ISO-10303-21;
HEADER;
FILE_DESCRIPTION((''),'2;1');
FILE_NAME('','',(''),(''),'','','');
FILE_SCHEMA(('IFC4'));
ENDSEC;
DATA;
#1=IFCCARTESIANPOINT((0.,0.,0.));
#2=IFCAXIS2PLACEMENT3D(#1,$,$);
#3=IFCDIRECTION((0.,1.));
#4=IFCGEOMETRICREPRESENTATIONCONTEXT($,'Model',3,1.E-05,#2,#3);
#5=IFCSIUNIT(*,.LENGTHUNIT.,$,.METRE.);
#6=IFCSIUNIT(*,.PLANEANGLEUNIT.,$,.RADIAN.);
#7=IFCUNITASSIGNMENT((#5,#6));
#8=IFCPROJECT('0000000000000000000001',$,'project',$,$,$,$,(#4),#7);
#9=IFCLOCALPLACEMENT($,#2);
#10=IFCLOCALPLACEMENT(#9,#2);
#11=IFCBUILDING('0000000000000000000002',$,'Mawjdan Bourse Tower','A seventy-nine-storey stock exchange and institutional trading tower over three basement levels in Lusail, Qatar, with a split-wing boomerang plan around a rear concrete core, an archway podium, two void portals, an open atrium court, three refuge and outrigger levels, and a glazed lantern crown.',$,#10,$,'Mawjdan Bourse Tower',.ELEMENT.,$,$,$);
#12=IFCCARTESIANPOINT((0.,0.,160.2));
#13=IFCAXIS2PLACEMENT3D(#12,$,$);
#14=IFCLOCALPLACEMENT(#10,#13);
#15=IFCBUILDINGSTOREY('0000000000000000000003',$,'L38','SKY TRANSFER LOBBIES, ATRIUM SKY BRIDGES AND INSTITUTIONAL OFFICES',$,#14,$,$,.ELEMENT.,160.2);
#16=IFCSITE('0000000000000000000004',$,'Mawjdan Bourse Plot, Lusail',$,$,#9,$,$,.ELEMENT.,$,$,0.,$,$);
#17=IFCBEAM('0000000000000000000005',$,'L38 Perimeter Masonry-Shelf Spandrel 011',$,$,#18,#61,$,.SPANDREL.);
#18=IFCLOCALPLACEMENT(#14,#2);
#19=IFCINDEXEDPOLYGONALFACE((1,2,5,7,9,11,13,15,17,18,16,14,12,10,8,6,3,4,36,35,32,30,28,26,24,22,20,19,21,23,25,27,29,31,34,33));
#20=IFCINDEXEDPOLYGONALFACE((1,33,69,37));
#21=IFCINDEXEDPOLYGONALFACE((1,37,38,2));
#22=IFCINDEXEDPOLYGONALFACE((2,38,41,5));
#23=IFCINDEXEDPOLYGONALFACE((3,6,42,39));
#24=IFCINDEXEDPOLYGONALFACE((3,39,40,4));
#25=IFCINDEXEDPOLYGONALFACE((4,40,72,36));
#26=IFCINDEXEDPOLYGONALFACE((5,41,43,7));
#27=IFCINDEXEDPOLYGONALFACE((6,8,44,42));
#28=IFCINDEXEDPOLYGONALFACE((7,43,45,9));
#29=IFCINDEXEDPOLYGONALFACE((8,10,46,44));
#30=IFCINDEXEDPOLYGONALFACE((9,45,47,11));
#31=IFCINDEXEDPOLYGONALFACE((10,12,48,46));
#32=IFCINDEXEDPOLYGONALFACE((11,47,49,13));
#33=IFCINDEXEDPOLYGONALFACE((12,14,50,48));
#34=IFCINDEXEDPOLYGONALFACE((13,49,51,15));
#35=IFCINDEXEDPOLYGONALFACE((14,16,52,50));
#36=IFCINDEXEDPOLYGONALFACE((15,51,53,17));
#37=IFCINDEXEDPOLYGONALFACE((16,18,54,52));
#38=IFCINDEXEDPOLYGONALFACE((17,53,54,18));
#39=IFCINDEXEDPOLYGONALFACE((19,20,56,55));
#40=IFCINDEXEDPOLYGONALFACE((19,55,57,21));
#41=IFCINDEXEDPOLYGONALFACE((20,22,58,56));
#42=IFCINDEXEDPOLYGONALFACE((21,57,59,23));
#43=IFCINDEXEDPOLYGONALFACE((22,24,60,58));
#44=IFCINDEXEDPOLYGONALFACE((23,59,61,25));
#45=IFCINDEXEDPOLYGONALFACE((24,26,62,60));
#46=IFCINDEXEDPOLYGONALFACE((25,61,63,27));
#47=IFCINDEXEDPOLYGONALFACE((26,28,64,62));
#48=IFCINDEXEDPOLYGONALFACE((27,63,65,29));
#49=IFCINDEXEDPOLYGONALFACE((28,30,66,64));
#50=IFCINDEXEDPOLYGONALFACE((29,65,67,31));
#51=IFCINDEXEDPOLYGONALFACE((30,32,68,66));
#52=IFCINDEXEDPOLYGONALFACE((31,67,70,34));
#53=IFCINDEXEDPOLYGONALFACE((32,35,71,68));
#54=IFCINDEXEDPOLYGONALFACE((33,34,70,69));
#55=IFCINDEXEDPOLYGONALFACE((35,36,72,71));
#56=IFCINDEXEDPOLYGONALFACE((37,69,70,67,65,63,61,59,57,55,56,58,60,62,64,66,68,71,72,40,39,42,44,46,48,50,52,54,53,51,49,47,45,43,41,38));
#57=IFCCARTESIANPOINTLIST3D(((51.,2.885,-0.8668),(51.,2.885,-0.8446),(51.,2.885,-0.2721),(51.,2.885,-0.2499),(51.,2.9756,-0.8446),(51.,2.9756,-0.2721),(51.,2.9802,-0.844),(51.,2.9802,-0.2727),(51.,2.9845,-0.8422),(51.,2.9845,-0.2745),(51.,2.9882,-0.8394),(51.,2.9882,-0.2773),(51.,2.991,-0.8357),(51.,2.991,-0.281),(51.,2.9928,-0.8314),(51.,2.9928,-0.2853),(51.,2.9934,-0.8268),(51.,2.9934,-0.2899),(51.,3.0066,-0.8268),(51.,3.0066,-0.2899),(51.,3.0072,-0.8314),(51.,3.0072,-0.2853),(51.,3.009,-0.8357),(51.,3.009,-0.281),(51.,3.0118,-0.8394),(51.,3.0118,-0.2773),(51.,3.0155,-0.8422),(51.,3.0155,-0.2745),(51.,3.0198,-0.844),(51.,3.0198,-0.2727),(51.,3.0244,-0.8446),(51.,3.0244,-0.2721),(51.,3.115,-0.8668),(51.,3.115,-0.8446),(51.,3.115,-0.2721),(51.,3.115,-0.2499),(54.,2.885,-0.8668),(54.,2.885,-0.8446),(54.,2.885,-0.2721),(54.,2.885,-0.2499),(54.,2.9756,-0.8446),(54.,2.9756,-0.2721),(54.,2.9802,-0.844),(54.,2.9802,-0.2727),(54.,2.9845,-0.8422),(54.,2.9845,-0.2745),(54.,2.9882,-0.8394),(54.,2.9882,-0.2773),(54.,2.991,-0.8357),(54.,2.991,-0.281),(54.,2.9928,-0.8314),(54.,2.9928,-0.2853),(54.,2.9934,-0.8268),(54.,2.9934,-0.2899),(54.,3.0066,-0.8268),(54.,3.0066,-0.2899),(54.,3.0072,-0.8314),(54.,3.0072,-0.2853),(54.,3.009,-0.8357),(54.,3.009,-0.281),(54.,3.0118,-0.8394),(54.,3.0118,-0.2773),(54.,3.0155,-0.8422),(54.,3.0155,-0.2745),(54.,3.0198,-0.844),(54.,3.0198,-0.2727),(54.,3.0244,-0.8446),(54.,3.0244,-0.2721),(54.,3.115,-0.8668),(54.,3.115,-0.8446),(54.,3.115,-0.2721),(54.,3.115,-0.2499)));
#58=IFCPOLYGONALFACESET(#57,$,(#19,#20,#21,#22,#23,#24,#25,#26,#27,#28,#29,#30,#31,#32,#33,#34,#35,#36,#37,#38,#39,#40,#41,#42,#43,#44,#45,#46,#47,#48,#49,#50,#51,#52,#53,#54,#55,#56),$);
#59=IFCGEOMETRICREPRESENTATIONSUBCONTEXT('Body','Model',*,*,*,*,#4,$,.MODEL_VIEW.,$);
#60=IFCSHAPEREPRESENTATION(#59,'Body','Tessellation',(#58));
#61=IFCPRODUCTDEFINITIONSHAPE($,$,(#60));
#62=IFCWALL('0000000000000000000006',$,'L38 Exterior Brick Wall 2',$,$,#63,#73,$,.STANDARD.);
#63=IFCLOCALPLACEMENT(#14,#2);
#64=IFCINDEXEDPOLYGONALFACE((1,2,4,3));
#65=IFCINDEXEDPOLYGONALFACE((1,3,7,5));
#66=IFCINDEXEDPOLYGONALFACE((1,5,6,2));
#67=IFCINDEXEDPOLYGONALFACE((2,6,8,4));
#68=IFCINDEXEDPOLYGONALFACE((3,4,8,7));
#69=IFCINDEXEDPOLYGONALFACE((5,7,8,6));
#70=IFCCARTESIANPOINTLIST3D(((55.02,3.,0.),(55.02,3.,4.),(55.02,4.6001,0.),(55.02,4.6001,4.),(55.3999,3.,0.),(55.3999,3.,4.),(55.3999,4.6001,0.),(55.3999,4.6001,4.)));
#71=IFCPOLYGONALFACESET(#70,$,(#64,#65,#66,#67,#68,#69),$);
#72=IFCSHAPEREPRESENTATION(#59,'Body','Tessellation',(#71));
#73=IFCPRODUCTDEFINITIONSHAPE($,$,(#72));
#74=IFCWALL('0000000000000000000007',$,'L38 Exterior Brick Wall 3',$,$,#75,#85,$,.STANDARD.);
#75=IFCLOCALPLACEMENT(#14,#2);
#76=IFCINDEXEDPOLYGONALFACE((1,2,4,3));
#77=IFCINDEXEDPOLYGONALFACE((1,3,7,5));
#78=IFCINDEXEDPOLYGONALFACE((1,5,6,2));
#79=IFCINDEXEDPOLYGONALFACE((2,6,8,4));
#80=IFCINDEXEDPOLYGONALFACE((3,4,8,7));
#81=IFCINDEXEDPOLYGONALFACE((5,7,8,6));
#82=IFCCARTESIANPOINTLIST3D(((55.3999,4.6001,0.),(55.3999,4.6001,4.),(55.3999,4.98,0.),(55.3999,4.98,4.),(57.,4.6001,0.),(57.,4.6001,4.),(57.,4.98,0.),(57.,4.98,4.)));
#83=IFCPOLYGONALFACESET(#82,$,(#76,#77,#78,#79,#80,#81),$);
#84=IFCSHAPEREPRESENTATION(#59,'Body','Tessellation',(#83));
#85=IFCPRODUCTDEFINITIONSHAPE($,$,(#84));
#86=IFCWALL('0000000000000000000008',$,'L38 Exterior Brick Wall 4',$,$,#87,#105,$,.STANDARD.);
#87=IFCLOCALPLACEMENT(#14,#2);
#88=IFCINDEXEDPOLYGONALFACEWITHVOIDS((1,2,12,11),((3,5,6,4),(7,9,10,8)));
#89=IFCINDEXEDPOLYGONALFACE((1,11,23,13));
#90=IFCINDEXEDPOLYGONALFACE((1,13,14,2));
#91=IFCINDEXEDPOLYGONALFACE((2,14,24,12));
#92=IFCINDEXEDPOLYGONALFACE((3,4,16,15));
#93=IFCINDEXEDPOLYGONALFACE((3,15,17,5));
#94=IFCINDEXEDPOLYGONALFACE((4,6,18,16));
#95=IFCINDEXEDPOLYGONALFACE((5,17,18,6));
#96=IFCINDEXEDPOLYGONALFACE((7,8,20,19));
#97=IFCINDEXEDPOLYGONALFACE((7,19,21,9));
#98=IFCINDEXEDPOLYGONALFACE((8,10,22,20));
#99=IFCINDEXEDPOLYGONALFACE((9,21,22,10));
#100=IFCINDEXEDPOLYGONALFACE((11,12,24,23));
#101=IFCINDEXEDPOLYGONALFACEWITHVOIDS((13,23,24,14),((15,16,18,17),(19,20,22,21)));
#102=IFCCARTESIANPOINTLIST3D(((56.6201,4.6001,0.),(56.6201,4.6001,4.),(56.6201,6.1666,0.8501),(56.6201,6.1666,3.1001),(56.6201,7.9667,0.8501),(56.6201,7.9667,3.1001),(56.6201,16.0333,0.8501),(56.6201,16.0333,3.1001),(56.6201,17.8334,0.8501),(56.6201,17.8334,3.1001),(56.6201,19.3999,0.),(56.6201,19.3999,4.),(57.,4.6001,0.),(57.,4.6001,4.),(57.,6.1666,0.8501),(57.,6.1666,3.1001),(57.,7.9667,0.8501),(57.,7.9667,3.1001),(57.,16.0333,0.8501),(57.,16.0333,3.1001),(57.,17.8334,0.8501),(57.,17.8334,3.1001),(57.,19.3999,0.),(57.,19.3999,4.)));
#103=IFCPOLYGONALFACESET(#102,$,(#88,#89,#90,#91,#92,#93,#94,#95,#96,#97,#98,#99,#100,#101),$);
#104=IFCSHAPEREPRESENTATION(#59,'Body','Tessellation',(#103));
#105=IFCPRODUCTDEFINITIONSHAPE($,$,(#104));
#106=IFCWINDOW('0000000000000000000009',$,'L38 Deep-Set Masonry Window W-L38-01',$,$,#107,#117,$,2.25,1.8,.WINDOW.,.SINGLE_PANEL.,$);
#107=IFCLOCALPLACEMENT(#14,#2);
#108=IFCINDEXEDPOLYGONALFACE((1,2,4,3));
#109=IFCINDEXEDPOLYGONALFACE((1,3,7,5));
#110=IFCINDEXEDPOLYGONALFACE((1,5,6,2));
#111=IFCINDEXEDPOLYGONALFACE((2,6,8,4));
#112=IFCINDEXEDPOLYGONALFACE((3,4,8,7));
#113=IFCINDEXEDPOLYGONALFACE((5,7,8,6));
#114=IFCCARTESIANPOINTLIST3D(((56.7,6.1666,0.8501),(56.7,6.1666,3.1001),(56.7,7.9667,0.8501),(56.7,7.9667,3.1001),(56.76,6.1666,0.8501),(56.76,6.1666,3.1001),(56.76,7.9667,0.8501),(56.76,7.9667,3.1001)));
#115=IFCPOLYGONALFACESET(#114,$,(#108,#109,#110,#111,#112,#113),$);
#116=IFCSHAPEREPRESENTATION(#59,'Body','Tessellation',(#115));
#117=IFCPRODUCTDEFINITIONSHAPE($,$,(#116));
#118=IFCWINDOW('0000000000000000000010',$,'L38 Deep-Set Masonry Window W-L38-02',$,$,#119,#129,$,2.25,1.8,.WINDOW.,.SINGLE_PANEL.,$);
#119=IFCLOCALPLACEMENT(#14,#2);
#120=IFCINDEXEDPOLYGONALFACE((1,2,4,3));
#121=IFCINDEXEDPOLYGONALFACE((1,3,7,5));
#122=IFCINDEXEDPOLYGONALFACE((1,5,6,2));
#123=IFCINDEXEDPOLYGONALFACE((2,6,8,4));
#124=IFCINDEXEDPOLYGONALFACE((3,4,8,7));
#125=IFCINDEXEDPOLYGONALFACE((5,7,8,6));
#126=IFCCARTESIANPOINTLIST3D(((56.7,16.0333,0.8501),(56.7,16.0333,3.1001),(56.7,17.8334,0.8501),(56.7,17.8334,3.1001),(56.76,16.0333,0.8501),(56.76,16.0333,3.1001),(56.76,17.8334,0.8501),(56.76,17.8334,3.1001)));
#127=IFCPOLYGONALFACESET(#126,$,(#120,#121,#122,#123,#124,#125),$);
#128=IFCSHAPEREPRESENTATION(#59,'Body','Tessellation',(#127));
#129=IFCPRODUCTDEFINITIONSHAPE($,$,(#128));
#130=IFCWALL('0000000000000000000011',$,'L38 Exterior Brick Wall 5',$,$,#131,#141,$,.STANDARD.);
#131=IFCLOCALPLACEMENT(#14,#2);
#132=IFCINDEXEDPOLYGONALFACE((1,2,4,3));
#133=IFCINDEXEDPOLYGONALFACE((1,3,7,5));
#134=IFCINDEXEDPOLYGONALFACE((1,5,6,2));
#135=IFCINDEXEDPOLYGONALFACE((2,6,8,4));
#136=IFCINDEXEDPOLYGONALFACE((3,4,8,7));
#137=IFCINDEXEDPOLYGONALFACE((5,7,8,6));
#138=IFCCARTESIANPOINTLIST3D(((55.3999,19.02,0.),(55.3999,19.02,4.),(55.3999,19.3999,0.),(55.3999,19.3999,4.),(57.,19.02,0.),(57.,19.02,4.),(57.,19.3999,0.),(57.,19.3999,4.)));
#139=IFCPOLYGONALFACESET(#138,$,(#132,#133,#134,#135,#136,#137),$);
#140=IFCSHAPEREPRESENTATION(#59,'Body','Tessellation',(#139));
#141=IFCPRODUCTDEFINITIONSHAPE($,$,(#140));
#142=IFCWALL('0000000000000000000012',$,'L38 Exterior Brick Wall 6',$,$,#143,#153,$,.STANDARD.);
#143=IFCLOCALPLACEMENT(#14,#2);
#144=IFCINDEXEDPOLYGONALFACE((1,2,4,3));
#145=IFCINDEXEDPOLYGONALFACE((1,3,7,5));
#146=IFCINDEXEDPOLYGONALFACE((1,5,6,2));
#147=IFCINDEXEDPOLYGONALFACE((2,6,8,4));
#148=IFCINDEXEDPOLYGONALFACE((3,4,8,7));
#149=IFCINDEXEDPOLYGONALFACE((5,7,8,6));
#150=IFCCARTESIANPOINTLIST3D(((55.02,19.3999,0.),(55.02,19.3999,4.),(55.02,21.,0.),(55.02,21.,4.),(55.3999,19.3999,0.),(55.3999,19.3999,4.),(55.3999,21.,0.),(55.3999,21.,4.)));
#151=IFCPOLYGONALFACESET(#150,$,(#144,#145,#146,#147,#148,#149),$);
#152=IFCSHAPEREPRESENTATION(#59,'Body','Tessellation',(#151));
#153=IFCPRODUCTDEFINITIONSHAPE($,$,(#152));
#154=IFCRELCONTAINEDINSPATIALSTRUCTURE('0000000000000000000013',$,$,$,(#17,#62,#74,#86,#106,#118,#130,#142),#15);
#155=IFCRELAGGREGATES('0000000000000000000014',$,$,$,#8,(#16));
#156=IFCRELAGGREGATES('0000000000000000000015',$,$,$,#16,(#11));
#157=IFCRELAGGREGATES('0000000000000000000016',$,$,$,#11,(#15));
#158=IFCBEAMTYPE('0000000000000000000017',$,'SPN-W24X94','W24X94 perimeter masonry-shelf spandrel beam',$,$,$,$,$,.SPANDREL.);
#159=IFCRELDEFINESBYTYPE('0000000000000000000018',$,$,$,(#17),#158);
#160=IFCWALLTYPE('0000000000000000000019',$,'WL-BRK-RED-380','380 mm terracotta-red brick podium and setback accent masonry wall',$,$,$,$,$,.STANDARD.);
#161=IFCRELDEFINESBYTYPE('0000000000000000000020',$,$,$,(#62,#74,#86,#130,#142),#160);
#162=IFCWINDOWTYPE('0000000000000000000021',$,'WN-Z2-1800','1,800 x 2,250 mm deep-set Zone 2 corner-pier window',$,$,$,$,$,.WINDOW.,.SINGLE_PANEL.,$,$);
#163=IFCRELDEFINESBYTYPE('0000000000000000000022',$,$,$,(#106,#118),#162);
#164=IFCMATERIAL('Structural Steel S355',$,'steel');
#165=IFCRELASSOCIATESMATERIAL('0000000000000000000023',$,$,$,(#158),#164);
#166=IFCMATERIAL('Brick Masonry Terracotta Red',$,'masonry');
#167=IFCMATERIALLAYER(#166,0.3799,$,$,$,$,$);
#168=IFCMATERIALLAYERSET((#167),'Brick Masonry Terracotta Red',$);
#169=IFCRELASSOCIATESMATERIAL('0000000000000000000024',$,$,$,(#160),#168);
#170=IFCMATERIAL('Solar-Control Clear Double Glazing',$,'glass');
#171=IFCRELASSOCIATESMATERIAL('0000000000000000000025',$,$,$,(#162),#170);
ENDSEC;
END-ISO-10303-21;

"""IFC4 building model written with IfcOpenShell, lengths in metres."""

from ifc_helpers import new_model, si_unit, direction, frame, frame_2d, origin, origin_2d, place, context, subcontext, project, spatial, rectangle, i_section, extrude, material, layer, layer_set, material_profile, profile_set, type_object, element, fill, save


model = new_model("IFC4")

# Units and contexts
model_context = context("Model", 3, precision=1e-05, world=origin(), true_north=direction((0.0, 1.0)))
body_context = subcontext(model_context, "Body", "Model", "MODEL_VIEW")
ifc_project = project(units=[si_unit("LENGTHUNIT", "METRE"), si_unit("PLANEANGLEUNIT", "RADIAN")], contexts=[model_context])

# Site, building, storey
site_placement = place(None, origin())
site = spatial("IfcSite", under=ifc_project, at=site_placement, Name="Mawjdan Bourse Plot, Lusail", CompositionType="ELEMENT", RefElevation=0.0)
building_placement = place(site_placement, origin())
building = spatial("IfcBuilding", under=site, at=building_placement, Name="Mawjdan Bourse Tower", Description="A seventy-nine-storey stock exchange and institutional trading tower over three basement levels in Lusail, Qatar, with a split-wing boomerang plan around a rear concrete core, an archway podium, two void portals, an open atrium court, three refuge and outrigger levels, and a glazed lantern crown.", LongName="Mawjdan Bourse Tower", CompositionType="ELEMENT")
storey_placement = place(building_placement, frame((0.0, 0.0, 160.2)))
storey = spatial("IfcBuildingStorey", under=building, at=storey_placement, Name="L38", Description="SKY TRANSFER LOBBIES, ATRIUM SKY BRIDGES AND INSTITUTIONAL OFFICES", CompositionType="ELEMENT", Elevation=160.2)

# Beam
ifc_material_1 = material(Name="Structural Steel S355", Category="steel")
ifc_material_profile_1 = material_profile(ifc_material_1, i_section(OverallWidth=0.23, OverallDepth=0.6169, WebThickness=0.0132, FlangeThickness=0.0222, FilletRadius=0.0178, at=origin_2d()), Name="W24X94")
ifc_profile_set_1 = profile_set([ifc_material_profile_1], Name="Structural Steel S355")
beam_type_1 = type_object("IfcBeamType", Name="SPN-W24X94", Description="W24X94 perimeter masonry-shelf spandrel beam", PredefinedType="SPANDREL", material=ifc_profile_set_1)
beam_placement = place(storey_placement, frame((51.0, 3.0, -0.5583), z_axis=(1.0, 0.0, 0.0), x_axis=(0.0, 1.0, 0.0)))
element("IfcBeam", 1, at=beam_placement, inside=storey, type_object=beam_type_1, Name="L38 Perimeter Masonry-Shelf Spandrel 011", PredefinedType="SPANDREL", context=body_context, shape_type="SweptSolid", body=[
    extrude(i_section(OverallWidth=0.23, OverallDepth=0.6169, WebThickness=0.0132, FlangeThickness=0.0222, FilletRadius=0.0178, at=origin_2d()), origin(), (0.0, 0.0, 1.0), 3.0),
])

# Walls
ifc_material_2 = material(Name="Brick Masonry Terracotta Red", Category="masonry")
ifc_layer_1 = layer(ifc_material_2, 0.3799)
ifc_layer_set_1 = layer_set([ifc_layer_1], Name="Brick Masonry Terracotta Red")
wall_type_1 = type_object("IfcWallType", Name="WL-BRK-RED-380", Description="380 mm terracotta-red brick podium and setback accent masonry wall", PredefinedType="STANDARD", material=ifc_layer_set_1)
for number, where, z_axis, x_axis, name in (
    (2, (55.21, 3.0, 0.0), (0.0, 0.0, 1.0), (0.0, 1.0, 0.0), "L38 Exterior Brick Wall 2"),
    (3, (55.3999, 4.79, 0.0), (0.0, 0.0, 1.0), (1.0, 0.0, 0.0), "L38 Exterior Brick Wall 3"),
):
    element("IfcWall", number, at=place(storey_placement, frame(where, z_axis=z_axis, x_axis=x_axis)), inside=storey, type_object=wall_type_1, Name=name, PredefinedType="STANDARD", context=body_context, shape_type="SweptSolid", body=[
        extrude(rectangle(XDim=1.6001, YDim=0.3799, at=frame_2d((0.8, 0.0))), origin(), (0.0, 0.0, 1.0), 4.0),
    ])

# Wall, openings, windows
wall_1_placement = place(storey_placement, frame((56.8101, 4.6001, 0.0), z_axis=(0.0, 0.0, 1.0), x_axis=(0.0, 1.0, 0.0)))
wall_1 = element("IfcWall", 4, at=wall_1_placement, inside=storey, type_object=wall_type_1, Name="L38 Exterior Brick Wall 4", PredefinedType="STANDARD", context=body_context, shape_type="SweptSolid", body=[
    extrude(rectangle(XDim=14.7998, YDim=0.3799, at=frame_2d((7.3999, 0.0))), origin(), (0.0, 0.0, 1.0), 4.0),
])
opening_1_placement = place(wall_1_placement, frame((1.5667, 0.0, 0.8501)))
opening_1 = element("IfcOpeningElement", 5, at=opening_1_placement, cuts=wall_1, PredefinedType="OPENING", context=body_context, shape_type="SweptSolid", body=[
    extrude(rectangle(XDim=1.8, YDim=2.25, at=frame_2d((0.8999, 1.125))), frame((0.0, 0.2, 0.0), z_axis=(0.0, -1.0, 0.0), x_axis=(1.0, 0.0, 0.0)), (0.0, 0.0, 1.0), 0.3999),
])
opening_2_placement = place(wall_1_placement, frame((11.4333, 0.0, 0.8501)))
opening_2 = element("IfcOpeningElement", 6, at=opening_2_placement, cuts=wall_1, PredefinedType="OPENING", context=body_context, shape_type="SweptSolid", body=[
    extrude(rectangle(XDim=1.8, YDim=2.25, at=frame_2d((0.8999, 1.125))), frame((0.0, 0.2, 0.0), z_axis=(0.0, -1.0, 0.0), x_axis=(1.0, 0.0, 0.0)), (0.0, 0.0, 1.0), 0.3999),
])
ifc_material_3 = material(Name="Solar-Control Clear Double Glazing", Category="glass")
window_type_1 = type_object("IfcWindowType", Name="WN-Z2-1800", Description="1,800 x 2,250 mm deep-set Zone 2 corner-pier window", PartitioningType="SINGLE_PANEL", PredefinedType="WINDOW", material=ifc_material_3)
window_1_placement = place(opening_1_placement, origin())
window_1 = element("IfcWindow", 7, at=window_1_placement, inside=storey, type_object=window_type_1, Name="L38 Deep-Set Masonry Window W-L38-01", OverallHeight=2.25, OverallWidth=1.8, PartitioningType="SINGLE_PANEL", PredefinedType="WINDOW", context=body_context, shape_type="SweptSolid", body=[
    extrude(rectangle(XDim=1.8, YDim=2.25, at=frame_2d((0.8999, 1.125))), frame((0.0, 0.1101, 0.0), z_axis=(0.0, -1.0, 0.0), x_axis=(1.0, 0.0, 0.0)), (0.0, 0.0, 1.0), 0.0601),
])
fill(opening_1, window_1)
window_2_placement = place(opening_2_placement, origin())
window_2 = element("IfcWindow", 8, at=window_2_placement, inside=storey, type_object=window_type_1, Name="L38 Deep-Set Masonry Window W-L38-02", OverallHeight=2.25, OverallWidth=1.8, PartitioningType="SINGLE_PANEL", PredefinedType="WINDOW", context=body_context, shape_type="SweptSolid", body=[
    extrude(rectangle(XDim=1.8, YDim=2.25, at=frame_2d((0.8999, 1.125))), frame((0.0, 0.1101, 0.0), z_axis=(0.0, -1.0, 0.0), x_axis=(1.0, 0.0, 0.0)), (0.0, 0.0, 1.0), 0.0601),
])
fill(opening_2, window_2)

# Walls
for number, where, z_axis, x_axis, name in (
    (9, (57.0, 19.21, 0.0), (0.0, 0.0, 1.0), (-1.0, 0.0, 0.0), "L38 Exterior Brick Wall 5"),
    (10, (55.21, 19.3999, 0.0), (0.0, 0.0, 1.0), (0.0, 1.0, 0.0), "L38 Exterior Brick Wall 6"),
):
    element("IfcWall", number, at=place(storey_placement, frame(where, z_axis=z_axis, x_axis=x_axis)), inside=storey, type_object=wall_type_1, Name=name, PredefinedType="STANDARD", context=body_context, shape_type="SweptSolid", body=[
        extrude(rectangle(XDim=1.6001, YDim=0.3799, at=frame_2d((0.8, 0.0))), origin(), (0.0, 0.0, 1.0), 4.0),
    ])

save(model, "model.ifc")
